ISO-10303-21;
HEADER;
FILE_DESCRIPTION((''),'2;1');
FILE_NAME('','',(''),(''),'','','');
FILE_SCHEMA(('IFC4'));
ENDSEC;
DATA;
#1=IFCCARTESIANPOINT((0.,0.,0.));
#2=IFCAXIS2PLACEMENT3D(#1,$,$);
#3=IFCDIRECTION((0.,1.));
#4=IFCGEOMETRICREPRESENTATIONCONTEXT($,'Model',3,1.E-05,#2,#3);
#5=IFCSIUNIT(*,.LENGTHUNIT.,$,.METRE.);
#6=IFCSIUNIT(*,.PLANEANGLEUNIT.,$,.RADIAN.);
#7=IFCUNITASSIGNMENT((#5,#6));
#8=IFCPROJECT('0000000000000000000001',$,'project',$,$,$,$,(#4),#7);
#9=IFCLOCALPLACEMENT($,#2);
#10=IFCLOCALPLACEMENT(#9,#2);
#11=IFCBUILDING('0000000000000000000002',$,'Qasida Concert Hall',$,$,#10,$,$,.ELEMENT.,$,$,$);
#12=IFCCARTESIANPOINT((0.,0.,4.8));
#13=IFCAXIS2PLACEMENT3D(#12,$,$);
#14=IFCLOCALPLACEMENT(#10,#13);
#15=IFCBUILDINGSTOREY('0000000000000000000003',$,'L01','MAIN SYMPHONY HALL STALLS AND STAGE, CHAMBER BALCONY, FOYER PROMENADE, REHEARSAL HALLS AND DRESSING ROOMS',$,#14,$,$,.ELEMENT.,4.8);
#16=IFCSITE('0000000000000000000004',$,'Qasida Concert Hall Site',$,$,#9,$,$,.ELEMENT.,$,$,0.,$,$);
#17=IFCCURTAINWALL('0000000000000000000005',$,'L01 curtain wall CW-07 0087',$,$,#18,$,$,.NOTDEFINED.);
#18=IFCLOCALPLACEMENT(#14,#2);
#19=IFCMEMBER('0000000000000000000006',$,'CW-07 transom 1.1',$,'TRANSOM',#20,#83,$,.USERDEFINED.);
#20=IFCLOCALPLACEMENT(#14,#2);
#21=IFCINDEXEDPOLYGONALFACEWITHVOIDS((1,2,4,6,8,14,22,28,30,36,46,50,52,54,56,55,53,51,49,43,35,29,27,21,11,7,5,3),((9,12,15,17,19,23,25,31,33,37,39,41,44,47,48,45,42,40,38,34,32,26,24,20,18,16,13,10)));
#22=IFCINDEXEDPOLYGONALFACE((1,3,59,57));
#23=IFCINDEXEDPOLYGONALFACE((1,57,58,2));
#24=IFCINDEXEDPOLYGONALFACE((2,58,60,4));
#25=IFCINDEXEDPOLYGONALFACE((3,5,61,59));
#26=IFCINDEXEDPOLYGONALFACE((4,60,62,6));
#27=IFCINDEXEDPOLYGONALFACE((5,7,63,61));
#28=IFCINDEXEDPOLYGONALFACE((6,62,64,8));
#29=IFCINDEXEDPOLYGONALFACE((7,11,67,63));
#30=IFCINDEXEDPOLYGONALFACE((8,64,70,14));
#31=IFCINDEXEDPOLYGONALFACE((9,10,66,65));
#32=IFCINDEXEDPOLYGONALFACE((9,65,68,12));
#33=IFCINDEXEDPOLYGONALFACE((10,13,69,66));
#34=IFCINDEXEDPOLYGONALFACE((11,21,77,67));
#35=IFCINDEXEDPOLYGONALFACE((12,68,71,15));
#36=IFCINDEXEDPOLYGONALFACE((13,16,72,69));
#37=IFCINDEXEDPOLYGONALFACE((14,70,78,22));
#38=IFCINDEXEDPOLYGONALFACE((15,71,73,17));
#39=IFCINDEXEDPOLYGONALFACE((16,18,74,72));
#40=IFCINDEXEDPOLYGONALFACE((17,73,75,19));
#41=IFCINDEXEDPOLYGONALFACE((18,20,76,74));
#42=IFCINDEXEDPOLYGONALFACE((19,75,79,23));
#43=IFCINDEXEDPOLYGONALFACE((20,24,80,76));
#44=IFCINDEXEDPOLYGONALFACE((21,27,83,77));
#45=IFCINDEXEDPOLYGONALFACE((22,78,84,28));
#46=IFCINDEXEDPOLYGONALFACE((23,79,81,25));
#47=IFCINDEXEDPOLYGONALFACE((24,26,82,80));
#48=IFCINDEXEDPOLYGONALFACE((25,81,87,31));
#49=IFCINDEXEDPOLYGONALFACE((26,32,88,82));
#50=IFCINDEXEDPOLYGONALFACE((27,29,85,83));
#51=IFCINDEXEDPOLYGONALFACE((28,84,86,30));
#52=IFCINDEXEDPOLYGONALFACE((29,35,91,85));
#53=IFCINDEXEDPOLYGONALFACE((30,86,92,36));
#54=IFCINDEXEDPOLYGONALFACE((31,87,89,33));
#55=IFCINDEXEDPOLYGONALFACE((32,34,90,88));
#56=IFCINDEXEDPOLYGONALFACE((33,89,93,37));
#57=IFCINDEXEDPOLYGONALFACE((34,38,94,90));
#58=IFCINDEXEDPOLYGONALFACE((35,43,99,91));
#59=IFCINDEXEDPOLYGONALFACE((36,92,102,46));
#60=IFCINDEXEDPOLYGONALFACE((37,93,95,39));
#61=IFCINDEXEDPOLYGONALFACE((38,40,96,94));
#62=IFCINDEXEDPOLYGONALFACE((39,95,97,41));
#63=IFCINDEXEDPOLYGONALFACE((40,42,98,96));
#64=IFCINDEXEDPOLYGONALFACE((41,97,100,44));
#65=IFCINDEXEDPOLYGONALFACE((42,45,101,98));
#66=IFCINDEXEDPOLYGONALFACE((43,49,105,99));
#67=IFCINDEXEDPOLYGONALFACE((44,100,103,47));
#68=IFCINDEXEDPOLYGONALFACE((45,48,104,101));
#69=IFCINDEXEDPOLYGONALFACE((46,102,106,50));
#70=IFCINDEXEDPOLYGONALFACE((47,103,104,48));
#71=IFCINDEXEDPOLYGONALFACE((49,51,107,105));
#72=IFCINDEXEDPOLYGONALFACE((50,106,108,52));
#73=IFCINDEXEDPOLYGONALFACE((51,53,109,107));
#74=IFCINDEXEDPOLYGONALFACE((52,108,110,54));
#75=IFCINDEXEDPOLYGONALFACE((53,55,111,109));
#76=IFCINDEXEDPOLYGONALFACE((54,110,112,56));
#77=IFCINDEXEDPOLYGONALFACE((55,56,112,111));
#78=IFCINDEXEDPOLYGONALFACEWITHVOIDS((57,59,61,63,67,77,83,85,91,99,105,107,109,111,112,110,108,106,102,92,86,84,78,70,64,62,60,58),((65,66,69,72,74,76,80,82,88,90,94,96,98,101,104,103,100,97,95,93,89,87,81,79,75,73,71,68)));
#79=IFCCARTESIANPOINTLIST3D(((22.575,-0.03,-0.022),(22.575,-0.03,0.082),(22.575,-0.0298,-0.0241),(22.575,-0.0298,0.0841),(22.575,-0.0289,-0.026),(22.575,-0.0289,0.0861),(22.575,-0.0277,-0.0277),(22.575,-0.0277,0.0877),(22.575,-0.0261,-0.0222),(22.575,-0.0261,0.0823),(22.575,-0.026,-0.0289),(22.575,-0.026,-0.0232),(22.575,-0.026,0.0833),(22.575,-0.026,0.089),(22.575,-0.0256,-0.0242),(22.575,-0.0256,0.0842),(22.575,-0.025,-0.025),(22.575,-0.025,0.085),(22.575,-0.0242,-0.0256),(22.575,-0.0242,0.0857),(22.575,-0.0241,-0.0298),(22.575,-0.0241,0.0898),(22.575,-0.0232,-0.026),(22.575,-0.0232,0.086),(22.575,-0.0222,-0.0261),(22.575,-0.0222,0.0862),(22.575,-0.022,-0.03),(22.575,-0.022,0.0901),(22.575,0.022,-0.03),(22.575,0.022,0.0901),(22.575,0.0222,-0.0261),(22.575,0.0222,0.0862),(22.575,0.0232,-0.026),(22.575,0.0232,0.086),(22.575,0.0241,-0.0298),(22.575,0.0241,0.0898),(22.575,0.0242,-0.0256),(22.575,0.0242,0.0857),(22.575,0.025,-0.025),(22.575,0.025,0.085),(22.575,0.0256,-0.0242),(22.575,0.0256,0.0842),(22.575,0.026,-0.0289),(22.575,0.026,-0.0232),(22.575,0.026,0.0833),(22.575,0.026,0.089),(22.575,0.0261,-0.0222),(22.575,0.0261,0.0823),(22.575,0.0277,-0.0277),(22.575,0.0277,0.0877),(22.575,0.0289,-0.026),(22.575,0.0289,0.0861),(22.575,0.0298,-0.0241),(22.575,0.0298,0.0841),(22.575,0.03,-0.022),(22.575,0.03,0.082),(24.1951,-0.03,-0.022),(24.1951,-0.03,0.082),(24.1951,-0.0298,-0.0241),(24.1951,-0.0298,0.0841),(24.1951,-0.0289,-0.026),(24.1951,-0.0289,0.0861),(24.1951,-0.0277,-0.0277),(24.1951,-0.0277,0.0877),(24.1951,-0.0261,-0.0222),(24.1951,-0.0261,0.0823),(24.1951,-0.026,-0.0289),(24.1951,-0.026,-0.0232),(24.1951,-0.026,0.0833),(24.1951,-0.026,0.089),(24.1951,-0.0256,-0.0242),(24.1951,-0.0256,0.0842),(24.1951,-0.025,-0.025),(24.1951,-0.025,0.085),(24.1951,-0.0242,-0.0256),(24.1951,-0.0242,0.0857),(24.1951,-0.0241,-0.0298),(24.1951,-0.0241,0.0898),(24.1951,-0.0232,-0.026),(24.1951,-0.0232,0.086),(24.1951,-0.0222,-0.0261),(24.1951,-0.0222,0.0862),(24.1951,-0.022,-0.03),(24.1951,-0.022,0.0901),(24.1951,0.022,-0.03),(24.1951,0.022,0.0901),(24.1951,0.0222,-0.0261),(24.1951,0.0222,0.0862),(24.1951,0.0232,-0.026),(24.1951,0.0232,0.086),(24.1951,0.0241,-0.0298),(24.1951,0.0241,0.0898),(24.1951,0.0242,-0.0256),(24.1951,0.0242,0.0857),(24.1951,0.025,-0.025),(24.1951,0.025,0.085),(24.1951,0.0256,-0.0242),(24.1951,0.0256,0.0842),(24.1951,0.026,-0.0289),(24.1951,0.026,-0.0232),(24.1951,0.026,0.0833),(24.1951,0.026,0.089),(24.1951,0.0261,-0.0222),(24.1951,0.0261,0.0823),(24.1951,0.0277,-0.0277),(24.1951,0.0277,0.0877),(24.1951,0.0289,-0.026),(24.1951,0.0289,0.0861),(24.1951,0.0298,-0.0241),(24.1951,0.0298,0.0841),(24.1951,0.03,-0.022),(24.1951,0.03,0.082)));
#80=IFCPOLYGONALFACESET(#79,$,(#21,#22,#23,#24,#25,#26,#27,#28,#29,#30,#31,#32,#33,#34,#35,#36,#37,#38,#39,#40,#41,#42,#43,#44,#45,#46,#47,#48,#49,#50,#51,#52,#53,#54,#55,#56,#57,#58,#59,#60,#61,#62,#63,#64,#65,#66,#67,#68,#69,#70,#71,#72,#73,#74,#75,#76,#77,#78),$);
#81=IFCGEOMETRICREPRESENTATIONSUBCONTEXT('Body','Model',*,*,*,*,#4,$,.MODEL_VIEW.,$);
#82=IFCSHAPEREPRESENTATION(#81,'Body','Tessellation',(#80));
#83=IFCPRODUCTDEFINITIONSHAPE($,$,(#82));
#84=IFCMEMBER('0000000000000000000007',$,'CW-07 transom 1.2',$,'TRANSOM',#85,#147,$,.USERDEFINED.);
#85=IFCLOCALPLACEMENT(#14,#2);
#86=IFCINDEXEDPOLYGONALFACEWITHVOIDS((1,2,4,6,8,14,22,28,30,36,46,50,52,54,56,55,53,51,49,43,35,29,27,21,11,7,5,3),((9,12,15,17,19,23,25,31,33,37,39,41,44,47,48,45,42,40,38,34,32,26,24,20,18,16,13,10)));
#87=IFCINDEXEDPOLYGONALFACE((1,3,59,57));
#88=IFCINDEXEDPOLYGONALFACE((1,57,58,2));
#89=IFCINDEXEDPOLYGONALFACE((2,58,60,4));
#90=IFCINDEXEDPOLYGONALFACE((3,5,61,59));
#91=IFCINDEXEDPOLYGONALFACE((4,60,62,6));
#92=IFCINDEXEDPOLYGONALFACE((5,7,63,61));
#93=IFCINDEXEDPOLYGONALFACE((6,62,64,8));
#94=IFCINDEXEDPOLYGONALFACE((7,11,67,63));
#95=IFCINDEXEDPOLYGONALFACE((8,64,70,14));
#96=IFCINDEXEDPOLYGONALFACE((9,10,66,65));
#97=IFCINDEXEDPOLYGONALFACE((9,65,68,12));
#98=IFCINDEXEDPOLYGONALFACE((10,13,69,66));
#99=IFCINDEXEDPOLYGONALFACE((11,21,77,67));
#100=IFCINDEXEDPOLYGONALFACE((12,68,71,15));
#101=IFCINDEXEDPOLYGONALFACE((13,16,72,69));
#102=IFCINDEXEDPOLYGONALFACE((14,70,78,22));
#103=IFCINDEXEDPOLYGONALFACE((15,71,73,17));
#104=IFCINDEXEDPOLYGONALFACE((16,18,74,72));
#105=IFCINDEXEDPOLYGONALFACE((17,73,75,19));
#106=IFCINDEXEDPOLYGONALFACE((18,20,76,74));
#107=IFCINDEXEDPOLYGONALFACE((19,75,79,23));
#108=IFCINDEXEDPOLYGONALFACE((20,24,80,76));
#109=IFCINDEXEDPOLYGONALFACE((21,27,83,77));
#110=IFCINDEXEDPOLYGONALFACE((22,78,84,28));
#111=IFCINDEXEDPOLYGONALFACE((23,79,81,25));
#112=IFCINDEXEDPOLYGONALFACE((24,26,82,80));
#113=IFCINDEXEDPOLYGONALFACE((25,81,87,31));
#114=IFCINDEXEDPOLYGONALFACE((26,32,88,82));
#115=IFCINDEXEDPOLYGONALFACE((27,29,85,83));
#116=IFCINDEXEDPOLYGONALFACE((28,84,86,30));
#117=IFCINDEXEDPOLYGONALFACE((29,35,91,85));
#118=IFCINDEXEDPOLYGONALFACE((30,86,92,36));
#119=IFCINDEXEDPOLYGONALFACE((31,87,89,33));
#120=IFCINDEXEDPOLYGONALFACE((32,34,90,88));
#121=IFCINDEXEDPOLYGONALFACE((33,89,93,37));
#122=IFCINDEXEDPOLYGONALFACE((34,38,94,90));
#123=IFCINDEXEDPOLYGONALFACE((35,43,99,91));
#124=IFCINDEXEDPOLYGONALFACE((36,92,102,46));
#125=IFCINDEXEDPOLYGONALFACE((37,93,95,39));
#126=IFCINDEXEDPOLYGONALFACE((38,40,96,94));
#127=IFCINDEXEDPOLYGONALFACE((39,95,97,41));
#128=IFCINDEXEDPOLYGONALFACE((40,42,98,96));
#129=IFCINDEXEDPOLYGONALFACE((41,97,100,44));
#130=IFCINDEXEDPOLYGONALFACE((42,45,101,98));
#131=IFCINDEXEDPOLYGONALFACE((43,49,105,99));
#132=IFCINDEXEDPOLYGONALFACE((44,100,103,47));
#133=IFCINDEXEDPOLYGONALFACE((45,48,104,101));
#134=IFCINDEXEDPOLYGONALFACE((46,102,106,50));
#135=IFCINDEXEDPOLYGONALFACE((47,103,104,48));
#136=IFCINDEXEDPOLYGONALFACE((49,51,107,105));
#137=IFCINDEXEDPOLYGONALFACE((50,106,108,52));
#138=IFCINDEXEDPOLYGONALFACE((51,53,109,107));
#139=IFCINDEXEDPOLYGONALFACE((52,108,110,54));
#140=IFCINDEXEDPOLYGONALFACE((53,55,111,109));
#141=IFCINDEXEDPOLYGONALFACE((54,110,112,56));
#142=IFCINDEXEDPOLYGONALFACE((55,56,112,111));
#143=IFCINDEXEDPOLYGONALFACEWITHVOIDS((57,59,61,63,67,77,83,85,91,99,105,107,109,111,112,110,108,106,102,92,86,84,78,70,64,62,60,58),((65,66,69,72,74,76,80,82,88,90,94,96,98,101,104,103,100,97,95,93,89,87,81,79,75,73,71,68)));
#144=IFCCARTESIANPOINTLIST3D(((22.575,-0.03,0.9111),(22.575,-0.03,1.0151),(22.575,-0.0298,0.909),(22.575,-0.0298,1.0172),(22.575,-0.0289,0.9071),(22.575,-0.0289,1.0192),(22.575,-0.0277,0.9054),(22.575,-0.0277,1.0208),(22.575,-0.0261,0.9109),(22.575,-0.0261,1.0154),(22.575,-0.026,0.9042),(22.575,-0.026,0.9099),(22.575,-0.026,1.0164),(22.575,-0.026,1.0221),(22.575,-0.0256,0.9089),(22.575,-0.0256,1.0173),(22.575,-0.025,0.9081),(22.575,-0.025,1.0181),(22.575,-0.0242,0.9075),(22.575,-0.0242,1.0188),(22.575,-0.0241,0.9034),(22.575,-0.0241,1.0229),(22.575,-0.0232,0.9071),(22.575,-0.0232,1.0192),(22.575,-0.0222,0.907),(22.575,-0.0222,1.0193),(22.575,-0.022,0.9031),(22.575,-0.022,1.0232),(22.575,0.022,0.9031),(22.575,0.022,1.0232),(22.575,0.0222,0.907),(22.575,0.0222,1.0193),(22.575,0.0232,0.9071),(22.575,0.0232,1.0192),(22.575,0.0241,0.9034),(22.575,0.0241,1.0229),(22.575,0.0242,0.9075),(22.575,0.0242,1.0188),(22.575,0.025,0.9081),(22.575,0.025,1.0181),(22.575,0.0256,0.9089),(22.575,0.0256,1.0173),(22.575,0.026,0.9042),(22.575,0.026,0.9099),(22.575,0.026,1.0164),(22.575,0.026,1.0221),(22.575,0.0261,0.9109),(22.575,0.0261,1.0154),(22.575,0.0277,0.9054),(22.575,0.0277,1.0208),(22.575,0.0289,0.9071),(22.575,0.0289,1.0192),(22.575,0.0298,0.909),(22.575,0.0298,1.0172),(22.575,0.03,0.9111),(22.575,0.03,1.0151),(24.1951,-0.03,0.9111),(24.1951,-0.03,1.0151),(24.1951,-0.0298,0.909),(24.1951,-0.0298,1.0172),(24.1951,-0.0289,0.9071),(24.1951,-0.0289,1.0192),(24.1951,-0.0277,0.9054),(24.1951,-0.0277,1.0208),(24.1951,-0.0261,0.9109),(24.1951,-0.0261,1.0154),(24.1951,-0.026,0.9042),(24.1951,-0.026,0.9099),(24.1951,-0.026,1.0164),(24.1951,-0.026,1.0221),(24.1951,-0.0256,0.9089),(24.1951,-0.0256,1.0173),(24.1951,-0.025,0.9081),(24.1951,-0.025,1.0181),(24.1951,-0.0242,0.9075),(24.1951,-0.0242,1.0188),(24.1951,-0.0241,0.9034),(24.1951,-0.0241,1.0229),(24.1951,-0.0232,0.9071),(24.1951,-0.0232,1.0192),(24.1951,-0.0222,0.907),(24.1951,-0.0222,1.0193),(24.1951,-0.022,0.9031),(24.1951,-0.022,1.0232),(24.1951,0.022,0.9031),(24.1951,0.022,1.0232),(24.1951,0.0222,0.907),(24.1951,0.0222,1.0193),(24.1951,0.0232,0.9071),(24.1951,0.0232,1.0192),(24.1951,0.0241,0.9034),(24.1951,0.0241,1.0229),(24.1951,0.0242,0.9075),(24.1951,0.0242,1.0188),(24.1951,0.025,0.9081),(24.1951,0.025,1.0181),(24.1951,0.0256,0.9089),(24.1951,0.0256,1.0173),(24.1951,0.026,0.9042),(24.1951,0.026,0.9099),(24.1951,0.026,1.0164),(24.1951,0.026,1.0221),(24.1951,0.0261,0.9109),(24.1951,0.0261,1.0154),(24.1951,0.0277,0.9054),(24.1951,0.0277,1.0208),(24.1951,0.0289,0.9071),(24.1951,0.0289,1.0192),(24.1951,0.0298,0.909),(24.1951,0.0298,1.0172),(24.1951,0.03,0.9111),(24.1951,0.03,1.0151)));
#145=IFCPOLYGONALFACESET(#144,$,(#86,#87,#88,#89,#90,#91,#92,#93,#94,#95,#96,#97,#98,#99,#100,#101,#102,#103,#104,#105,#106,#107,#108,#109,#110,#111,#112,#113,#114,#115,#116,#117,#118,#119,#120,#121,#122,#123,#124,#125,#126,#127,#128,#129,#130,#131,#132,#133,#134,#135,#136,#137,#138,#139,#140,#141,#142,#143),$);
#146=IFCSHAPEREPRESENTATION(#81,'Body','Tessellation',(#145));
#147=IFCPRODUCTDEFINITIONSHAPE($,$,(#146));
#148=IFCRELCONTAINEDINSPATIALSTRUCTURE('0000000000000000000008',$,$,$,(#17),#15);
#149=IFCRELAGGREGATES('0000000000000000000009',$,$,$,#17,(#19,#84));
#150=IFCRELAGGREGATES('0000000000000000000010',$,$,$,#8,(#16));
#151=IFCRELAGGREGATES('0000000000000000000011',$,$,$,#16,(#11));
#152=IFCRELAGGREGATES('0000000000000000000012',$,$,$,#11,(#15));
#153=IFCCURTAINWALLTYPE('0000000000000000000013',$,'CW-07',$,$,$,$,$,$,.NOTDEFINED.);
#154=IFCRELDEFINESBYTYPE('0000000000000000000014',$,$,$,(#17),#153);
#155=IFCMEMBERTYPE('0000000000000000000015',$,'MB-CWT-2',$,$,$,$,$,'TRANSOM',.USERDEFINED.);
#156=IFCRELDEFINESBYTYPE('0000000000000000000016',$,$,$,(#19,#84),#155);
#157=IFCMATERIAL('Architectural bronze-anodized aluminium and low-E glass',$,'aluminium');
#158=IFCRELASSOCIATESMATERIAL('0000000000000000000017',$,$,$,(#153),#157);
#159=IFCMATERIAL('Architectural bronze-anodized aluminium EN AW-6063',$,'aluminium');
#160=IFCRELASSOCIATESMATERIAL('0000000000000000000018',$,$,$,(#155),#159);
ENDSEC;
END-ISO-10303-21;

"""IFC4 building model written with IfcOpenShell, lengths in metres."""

from ifc_helpers import new_model, si_unit, direction, frame, origin, origin_2d, place, context, subcontext, project, spatial, hollow_rectangle, extrude, material, material_profile, profile_set, type_object, element, aggregate, save


model = new_model("IFC4")

# Units and contexts
model_context = context("Model", 3, precision=1e-05, world=origin(), true_north=direction((0.0, 1.0)))
body_context = subcontext(model_context, "Body", "Model", "MODEL_VIEW")
ifc_project = project(units=[si_unit("LENGTHUNIT", "METRE"), si_unit("PLANEANGLEUNIT", "RADIAN")], contexts=[model_context])

# Site, building, storey
site_placement = place(None, origin())
site = spatial("IfcSite", under=ifc_project, at=site_placement, Name="Qasida Concert Hall Site", CompositionType="ELEMENT", RefElevation=0.0)
building_placement = place(site_placement, origin())
building = spatial("IfcBuilding", under=site, at=building_placement, Name="Qasida Concert Hall", CompositionType="ELEMENT")
storey_placement = place(building_placement, frame((0.0, 0.0, 4.8)))
storey = spatial("IfcBuildingStorey", under=building, at=storey_placement, Name="L01", Description="MAIN SYMPHONY HALL STALLS AND STAGE, CHAMBER BALCONY, FOYER PROMENADE, REHEARSAL HALLS AND DRESSING ROOMS", CompositionType="ELEMENT", Elevation=4.8)

# Shared definitions
ifc_material_1 = material(Name="Architectural bronze-anodized aluminium and low-E glass", Category="aluminium")
curtain_wall_type = type_object("IfcCurtainWallType", Name="CW-07", PredefinedType="NOTDEFINED", material=ifc_material_1)
ifc_material_2 = material(Name="Architectural bronze-anodized aluminium EN AW-6063", Category="aluminium")

# Curtain wall, members
curtain_wall_1_placement = place(storey_placement, origin())
curtain_wall_1 = element("IfcCurtainWall", 1, at=curtain_wall_1_placement, inside=storey, type_object=curtain_wall_type, Name="L01 curtain wall CW-07 0087", PredefinedType="NOTDEFINED")
ifc_material_profile_1 = material_profile(ifc_material_2, hollow_rectangle(XDim=0.0601, YDim=0.1201, WallThickness=0.0039, InnerFilletRadius=0.0039, OuterFilletRadius=0.0081, at=origin_2d()), Name="CWT 120x60x4")
ifc_profile_set_1 = profile_set([ifc_material_profile_1], Name="Architectural bronze-anodized aluminium EN AW-6063")
member_type_1 = type_object("IfcMemberType", Name="MB-CWT-2", ElementType="TRANSOM", PredefinedType="USERDEFINED", material=ifc_profile_set_1)
member_1_placement = place(storey_placement, frame((22.575, 0.0, 0.03), z_axis=(1.0, 0.0, 0.0), x_axis=(0.0, 1.0, 0.0)))
member_1 = element("IfcMember", 2, at=member_1_placement, type_object=member_type_1, Name="CW-07 transom 1.1", ObjectType="TRANSOM", PredefinedType="USERDEFINED", context=body_context, shape_type="SweptSolid", body=[
    extrude(hollow_rectangle(XDim=0.0601, YDim=0.1201, WallThickness=0.0039, InnerFilletRadius=0.0039, OuterFilletRadius=0.0081, at=origin_2d()), origin(), (0.0, 0.0, 1.0), 1.6201),
])
member_2_placement = place(storey_placement, frame((22.575, 0.0, 0.9631), z_axis=(1.0, 0.0, 0.0), x_axis=(0.0, 1.0, 0.0)))
member_2 = element("IfcMember", 3, at=member_2_placement, type_object=member_type_1, Name="CW-07 transom 1.2", ObjectType="TRANSOM", PredefinedType="USERDEFINED", context=body_context, shape_type="SweptSolid", body=[
    extrude(hollow_rectangle(XDim=0.0601, YDim=0.1201, WallThickness=0.0039, InnerFilletRadius=0.0039, OuterFilletRadius=0.0081, at=origin_2d()), origin(), (0.0, 0.0, 1.0), 1.6201),
])

aggregate(curtain_wall_1, [member_1, member_2])

save(model, "model.ifc")
